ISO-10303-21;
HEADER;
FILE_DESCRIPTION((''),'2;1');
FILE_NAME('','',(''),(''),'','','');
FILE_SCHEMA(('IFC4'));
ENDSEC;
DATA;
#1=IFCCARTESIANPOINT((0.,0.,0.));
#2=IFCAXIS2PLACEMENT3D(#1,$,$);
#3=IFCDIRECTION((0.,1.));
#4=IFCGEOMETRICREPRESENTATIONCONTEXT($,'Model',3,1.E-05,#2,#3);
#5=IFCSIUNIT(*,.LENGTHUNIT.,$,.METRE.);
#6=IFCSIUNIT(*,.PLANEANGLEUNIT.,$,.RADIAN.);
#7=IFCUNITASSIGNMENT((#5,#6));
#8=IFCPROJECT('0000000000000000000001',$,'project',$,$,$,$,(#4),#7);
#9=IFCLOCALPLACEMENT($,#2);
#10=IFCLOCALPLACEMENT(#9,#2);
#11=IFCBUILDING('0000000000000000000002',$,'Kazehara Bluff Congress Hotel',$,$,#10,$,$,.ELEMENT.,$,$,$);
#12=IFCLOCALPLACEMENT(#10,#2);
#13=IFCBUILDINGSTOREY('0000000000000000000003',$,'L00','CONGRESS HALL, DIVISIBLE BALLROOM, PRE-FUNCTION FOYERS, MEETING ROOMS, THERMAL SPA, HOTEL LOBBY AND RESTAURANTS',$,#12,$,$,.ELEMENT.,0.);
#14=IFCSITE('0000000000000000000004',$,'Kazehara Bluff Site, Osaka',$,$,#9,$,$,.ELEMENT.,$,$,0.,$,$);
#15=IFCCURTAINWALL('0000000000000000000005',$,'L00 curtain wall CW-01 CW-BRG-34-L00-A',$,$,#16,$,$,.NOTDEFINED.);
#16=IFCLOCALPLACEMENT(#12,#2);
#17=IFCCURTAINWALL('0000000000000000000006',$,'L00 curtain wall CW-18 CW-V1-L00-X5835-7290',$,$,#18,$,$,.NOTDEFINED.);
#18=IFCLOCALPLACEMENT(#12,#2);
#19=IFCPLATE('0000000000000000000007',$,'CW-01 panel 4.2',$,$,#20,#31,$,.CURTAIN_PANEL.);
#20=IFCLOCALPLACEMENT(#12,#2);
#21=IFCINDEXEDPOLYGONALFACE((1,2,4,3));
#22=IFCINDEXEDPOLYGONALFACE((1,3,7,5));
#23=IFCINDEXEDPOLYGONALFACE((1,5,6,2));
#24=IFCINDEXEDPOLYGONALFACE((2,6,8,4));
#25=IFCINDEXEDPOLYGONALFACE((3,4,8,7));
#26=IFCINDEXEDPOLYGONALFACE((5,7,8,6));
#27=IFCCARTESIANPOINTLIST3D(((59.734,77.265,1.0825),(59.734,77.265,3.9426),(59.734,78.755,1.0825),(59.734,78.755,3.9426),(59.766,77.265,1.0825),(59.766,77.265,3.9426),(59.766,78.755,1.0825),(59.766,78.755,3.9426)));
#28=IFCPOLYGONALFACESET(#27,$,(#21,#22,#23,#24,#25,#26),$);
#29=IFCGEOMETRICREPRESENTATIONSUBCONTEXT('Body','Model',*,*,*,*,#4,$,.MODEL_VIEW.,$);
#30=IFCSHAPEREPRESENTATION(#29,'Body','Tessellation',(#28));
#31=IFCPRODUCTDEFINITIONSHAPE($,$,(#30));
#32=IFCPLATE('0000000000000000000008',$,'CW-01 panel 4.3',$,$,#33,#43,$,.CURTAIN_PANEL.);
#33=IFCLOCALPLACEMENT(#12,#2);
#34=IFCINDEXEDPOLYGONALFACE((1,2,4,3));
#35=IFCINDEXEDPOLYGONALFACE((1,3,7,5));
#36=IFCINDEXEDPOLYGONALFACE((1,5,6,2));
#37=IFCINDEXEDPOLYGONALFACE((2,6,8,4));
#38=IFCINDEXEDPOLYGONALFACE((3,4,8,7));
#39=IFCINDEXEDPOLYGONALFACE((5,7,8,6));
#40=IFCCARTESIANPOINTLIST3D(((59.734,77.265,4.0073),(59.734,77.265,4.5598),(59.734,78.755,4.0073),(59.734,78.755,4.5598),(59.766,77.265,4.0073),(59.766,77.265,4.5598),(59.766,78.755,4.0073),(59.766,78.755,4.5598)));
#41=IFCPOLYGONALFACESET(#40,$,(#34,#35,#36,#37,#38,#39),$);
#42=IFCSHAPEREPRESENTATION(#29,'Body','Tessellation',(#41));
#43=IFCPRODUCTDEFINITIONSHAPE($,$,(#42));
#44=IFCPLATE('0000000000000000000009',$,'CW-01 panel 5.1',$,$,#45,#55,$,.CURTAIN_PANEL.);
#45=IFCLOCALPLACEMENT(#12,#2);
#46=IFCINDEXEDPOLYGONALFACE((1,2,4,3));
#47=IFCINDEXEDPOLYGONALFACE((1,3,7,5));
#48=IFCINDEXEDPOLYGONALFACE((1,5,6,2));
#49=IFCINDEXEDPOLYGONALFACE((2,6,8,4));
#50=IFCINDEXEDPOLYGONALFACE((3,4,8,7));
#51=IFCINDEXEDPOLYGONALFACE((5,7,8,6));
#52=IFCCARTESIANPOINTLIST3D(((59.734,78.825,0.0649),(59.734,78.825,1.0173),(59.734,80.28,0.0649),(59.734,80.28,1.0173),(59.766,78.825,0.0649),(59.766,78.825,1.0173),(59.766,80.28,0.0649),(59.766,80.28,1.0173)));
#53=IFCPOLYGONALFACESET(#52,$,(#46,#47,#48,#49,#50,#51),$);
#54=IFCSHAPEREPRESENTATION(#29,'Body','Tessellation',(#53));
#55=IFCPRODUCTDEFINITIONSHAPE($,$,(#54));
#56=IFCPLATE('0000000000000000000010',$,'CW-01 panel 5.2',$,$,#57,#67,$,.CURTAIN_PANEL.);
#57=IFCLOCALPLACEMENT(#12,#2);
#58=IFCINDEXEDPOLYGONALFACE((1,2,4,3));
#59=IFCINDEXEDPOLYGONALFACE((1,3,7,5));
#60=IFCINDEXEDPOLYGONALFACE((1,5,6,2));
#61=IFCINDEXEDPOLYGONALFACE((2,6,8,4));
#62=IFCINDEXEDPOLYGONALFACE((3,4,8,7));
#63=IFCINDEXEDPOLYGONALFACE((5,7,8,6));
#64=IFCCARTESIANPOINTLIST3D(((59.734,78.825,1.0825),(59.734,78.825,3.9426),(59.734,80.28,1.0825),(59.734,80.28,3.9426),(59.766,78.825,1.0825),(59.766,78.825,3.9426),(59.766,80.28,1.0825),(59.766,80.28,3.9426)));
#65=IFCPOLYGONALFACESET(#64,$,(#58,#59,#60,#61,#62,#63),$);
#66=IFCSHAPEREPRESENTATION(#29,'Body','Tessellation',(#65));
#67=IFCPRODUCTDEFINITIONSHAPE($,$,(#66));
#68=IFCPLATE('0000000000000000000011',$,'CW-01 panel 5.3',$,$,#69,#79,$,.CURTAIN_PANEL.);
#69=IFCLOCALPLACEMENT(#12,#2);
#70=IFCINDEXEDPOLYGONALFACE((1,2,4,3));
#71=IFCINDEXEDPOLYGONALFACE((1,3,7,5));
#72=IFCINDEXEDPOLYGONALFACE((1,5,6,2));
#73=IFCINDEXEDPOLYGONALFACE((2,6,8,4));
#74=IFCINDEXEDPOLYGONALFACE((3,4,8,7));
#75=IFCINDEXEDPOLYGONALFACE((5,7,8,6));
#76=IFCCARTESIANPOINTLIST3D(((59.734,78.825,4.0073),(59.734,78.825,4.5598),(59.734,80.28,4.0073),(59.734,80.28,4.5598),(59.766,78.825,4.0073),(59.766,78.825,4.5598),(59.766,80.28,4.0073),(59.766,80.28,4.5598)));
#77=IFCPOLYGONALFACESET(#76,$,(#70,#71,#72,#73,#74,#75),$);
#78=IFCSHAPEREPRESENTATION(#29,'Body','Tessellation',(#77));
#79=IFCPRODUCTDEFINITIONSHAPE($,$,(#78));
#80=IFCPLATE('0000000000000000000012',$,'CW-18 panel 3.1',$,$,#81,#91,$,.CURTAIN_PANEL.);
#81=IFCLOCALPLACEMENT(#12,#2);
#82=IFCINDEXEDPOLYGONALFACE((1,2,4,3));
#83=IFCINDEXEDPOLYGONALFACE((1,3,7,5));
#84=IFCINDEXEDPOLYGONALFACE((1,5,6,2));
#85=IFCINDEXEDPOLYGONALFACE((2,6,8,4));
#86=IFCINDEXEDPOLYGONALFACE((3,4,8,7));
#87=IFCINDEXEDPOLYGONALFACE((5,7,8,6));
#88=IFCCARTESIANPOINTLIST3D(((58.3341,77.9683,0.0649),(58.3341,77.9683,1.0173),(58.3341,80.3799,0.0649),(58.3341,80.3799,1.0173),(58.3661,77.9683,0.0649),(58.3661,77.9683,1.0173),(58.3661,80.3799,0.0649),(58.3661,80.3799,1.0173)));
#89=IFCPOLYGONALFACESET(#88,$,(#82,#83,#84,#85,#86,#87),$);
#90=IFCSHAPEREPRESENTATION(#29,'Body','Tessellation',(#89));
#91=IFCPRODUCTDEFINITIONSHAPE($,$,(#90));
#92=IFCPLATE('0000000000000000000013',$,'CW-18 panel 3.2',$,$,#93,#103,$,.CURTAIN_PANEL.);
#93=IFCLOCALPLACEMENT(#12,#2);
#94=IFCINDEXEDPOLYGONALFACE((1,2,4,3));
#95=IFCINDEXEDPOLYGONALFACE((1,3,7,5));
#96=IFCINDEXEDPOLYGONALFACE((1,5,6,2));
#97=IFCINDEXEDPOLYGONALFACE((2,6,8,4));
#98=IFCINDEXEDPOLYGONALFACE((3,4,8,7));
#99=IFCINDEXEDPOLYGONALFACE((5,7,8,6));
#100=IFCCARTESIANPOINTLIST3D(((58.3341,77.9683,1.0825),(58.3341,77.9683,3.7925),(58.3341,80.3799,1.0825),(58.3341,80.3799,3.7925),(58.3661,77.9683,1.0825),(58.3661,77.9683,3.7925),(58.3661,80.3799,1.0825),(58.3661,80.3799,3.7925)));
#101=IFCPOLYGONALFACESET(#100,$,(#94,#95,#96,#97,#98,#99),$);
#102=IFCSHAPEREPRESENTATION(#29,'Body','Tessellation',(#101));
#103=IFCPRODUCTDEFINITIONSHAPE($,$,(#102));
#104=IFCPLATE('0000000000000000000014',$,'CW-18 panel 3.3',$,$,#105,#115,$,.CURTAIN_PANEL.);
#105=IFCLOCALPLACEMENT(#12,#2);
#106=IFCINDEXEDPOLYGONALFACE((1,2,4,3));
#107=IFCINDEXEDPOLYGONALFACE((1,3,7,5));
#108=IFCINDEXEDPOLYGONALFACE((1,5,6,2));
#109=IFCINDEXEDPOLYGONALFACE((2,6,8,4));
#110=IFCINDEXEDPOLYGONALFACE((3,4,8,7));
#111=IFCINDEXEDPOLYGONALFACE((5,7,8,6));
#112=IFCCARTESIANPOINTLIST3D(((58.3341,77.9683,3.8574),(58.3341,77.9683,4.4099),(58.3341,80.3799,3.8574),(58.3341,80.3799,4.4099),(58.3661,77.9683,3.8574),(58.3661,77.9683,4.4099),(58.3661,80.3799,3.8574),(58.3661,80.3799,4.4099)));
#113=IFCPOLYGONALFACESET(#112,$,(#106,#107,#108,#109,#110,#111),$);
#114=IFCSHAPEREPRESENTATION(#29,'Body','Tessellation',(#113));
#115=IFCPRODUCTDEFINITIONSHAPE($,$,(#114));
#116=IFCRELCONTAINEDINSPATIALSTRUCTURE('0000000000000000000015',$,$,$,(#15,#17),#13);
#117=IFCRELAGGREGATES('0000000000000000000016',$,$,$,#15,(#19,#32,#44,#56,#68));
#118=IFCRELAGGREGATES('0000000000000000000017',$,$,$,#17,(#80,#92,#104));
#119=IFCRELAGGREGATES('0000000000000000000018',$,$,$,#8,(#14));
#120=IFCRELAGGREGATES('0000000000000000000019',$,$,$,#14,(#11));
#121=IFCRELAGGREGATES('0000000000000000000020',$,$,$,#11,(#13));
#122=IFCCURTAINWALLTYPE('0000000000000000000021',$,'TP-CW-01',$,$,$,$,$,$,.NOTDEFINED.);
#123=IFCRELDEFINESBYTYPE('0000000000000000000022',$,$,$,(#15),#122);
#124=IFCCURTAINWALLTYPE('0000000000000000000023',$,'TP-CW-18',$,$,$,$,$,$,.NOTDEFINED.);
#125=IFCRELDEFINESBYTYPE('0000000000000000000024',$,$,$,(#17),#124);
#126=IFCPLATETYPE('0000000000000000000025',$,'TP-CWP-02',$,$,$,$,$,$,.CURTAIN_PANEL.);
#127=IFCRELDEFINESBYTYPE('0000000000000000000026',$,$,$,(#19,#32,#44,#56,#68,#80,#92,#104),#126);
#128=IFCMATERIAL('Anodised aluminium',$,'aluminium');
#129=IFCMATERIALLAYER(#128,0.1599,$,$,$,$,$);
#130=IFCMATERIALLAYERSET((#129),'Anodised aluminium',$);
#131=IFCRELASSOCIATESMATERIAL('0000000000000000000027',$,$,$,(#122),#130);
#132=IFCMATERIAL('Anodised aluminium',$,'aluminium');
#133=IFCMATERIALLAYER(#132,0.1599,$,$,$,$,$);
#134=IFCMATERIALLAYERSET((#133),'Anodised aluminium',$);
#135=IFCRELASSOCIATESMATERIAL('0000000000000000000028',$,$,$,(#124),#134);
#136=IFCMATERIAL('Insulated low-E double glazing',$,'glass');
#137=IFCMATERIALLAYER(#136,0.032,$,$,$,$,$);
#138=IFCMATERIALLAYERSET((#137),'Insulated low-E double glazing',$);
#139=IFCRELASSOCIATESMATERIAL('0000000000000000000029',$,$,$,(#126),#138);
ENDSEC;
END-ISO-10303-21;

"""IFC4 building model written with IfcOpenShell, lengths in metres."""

from ifc_helpers import new_model, si_unit, direction, frame, origin, origin_2d, place, context, subcontext, project, spatial, rectangle, extrude, material, layer, layer_set, type_object, element, aggregate, save


model = new_model("IFC4")

# Units and contexts
model_context = context("Model", 3, precision=1e-05, world=origin(), true_north=direction((0.0, 1.0)))
body_context = subcontext(model_context, "Body", "Model", "MODEL_VIEW")
ifc_project = project(units=[si_unit("LENGTHUNIT", "METRE"), si_unit("PLANEANGLEUNIT", "RADIAN")], contexts=[model_context])

# Site, building, storey
site_placement = place(None, origin())
site = spatial("IfcSite", under=ifc_project, at=site_placement, Name="Kazehara Bluff Site, Osaka", CompositionType="ELEMENT", RefElevation=0.0)
building_placement = place(site_placement, origin())
building = spatial("IfcBuilding", under=site, at=building_placement, Name="Kazehara Bluff Congress Hotel", CompositionType="ELEMENT")
storey_placement = place(building_placement, origin())
storey = spatial("IfcBuildingStorey", under=building, at=storey_placement, Name="L00", Description="CONGRESS HALL, DIVISIBLE BALLROOM, PRE-FUNCTION FOYERS, MEETING ROOMS, THERMAL SPA, HOTEL LOBBY AND RESTAURANTS", CompositionType="ELEMENT", Elevation=0.0)

# Curtain wall
ifc_material_1 = material(Name="Anodised aluminium", Category="aluminium")
ifc_layer_1 = layer(ifc_material_1, 0.1599)
ifc_layer_set_1 = layer_set([ifc_layer_1], Name="Anodised aluminium")
curtain_wall_type_1 = type_object("IfcCurtainWallType", Name="TP-CW-01", PredefinedType="NOTDEFINED", material=ifc_layer_set_1)
curtain_wall_1_placement = place(storey_placement, origin())
curtain_wall_1 = element("IfcCurtainWall", 1, at=curtain_wall_1_placement, inside=storey, type_object=curtain_wall_type_1, Name="L00 curtain wall CW-01 CW-BRG-34-L00-A", PredefinedType="NOTDEFINED")

# Curtain wall
ifc_material_2 = material(Name="Anodised aluminium", Category="aluminium")
ifc_layer_2 = layer(ifc_material_2, 0.1599)
ifc_layer_set_2 = layer_set([ifc_layer_2], Name="Anodised aluminium")
curtain_wall_type_2 = type_object("IfcCurtainWallType", Name="TP-CW-18", PredefinedType="NOTDEFINED", material=ifc_layer_set_2)
curtain_wall_2_placement = place(storey_placement, origin())
curtain_wall_2 = element("IfcCurtainWall", 2, at=curtain_wall_2_placement, inside=storey, type_object=curtain_wall_type_2, Name="L00 curtain wall CW-18 CW-V1-L00-X5835-7290", PredefinedType="NOTDEFINED")

# Plates
ifc_material_3 = material(Name="Insulated low-E double glazing", Category="glass")
ifc_layer_3 = layer(ifc_material_3, 0.032)
ifc_layer_set_3 = layer_set([ifc_layer_3], Name="Insulated low-E double glazing")
plate_type = type_object("IfcPlateType", Name="TP-CWP-02", PredefinedType="CURTAIN_PANEL", material=ifc_layer_set_3)
plate_1_placement = place(storey_placement, frame((59.75, 78.01, 1.0825), z_axis=(0.0, 0.0, 1.0), x_axis=(0.0, 1.0, 0.0)))
plate_1 = element("IfcPlate", 3, at=plate_1_placement, type_object=plate_type, Name="CW-01 panel 4.2", PredefinedType="CURTAIN_PANEL", context=body_context, shape_type="SweptSolid", body=[
    extrude(rectangle(XDim=1.49, YDim=0.032, at=origin_2d()), origin(), (0.0, 0.0, 1.0), 2.8601),
])
plate_2_placement = place(storey_placement, frame((59.75, 78.01, 4.0073), z_axis=(0.0, 0.0, 1.0), x_axis=(0.0, 1.0, 0.0)))
plate_2 = element("IfcPlate", 4, at=plate_2_placement, type_object=plate_type, Name="CW-01 panel 4.3", PredefinedType="CURTAIN_PANEL", context=body_context, shape_type="SweptSolid", body=[
    extrude(rectangle(XDim=1.49, YDim=0.032, at=origin_2d()), origin(), (0.0, 0.0, 1.0), 0.5525),
])
plate_3_placement = place(storey_placement, frame((59.75, 79.5525, 0.0649), z_axis=(0.0, 0.0, 1.0), x_axis=(0.0, 1.0, 0.0)))
plate_3 = element("IfcPlate", 5, at=plate_3_placement, type_object=plate_type, Name="CW-01 panel 5.1", PredefinedType="CURTAIN_PANEL", context=body_context, shape_type="SweptSolid", body=[
    extrude(rectangle(XDim=1.4551, YDim=0.032, at=origin_2d()), origin(), (0.0, 0.0, 1.0), 0.9524),
])
plate_4_placement = place(storey_placement, frame((59.75, 79.5525, 1.0825), z_axis=(0.0, 0.0, 1.0), x_axis=(0.0, 1.0, 0.0)))
plate_4 = element("IfcPlate", 6, at=plate_4_placement, type_object=plate_type, Name="CW-01 panel 5.2", PredefinedType="CURTAIN_PANEL", context=body_context, shape_type="SweptSolid", body=[
    extrude(rectangle(XDim=1.4551, YDim=0.032, at=origin_2d()), origin(), (0.0, 0.0, 1.0), 2.8601),
])
plate_5_placement = place(storey_placement, frame((59.75, 79.5525, 4.0073), z_axis=(0.0, 0.0, 1.0), x_axis=(0.0, 1.0, 0.0)))
plate_5 = element("IfcPlate", 7, at=plate_5_placement, type_object=plate_type, Name="CW-01 panel 5.3", PredefinedType="CURTAIN_PANEL", context=body_context, shape_type="SweptSolid", body=[
    extrude(rectangle(XDim=1.4551, YDim=0.032, at=origin_2d()), origin(), (0.0, 0.0, 1.0), 0.5525),
])
aggregate(curtain_wall_1, [plate_1, plate_2, plate_3, plate_4, plate_5])
plate_6_placement = place(storey_placement, frame((58.3501, 79.1741, 0.0649), z_axis=(0.0, 0.0, 1.0), x_axis=(0.0, 1.0, 0.0)))
plate_6 = element("IfcPlate", 8, at=plate_6_placement, type_object=plate_type, Name="CW-18 panel 3.1", PredefinedType="CURTAIN_PANEL", context=body_context, shape_type="SweptSolid", body=[
    extrude(rectangle(XDim=2.4116, YDim=0.032, at=origin_2d()), origin(), (0.0, 0.0, 1.0), 0.9524),
])
plate_7_placement = place(storey_placement, frame((58.3501, 79.1741, 1.0825), z_axis=(0.0, 0.0, 1.0), x_axis=(0.0, 1.0, 0.0)))
plate_7 = element("IfcPlate", 9, at=plate_7_placement, type_object=plate_type, Name="CW-18 panel 3.2", PredefinedType="CURTAIN_PANEL", context=body_context, shape_type="SweptSolid", body=[
    extrude(rectangle(XDim=2.4116, YDim=0.032, at=origin_2d()), origin(), (0.0, 0.0, 1.0), 2.71),
])
plate_8_placement = place(storey_placement, frame((58.3501, 79.1741, 3.8574), z_axis=(0.0, 0.0, 1.0), x_axis=(0.0, 1.0, 0.0)))
plate_8 = element("IfcPlate", 10, at=plate_8_placement, type_object=plate_type, Name="CW-18 panel 3.3", PredefinedType="CURTAIN_PANEL", context=body_context, shape_type="SweptSolid", body=[
    extrude(rectangle(XDim=2.4116, YDim=0.032, at=origin_2d()), origin(), (0.0, 0.0, 1.0), 0.5525),
])
aggregate(curtain_wall_2, [plate_6, plate_7, plate_8])

save(model, "model.ifc")
